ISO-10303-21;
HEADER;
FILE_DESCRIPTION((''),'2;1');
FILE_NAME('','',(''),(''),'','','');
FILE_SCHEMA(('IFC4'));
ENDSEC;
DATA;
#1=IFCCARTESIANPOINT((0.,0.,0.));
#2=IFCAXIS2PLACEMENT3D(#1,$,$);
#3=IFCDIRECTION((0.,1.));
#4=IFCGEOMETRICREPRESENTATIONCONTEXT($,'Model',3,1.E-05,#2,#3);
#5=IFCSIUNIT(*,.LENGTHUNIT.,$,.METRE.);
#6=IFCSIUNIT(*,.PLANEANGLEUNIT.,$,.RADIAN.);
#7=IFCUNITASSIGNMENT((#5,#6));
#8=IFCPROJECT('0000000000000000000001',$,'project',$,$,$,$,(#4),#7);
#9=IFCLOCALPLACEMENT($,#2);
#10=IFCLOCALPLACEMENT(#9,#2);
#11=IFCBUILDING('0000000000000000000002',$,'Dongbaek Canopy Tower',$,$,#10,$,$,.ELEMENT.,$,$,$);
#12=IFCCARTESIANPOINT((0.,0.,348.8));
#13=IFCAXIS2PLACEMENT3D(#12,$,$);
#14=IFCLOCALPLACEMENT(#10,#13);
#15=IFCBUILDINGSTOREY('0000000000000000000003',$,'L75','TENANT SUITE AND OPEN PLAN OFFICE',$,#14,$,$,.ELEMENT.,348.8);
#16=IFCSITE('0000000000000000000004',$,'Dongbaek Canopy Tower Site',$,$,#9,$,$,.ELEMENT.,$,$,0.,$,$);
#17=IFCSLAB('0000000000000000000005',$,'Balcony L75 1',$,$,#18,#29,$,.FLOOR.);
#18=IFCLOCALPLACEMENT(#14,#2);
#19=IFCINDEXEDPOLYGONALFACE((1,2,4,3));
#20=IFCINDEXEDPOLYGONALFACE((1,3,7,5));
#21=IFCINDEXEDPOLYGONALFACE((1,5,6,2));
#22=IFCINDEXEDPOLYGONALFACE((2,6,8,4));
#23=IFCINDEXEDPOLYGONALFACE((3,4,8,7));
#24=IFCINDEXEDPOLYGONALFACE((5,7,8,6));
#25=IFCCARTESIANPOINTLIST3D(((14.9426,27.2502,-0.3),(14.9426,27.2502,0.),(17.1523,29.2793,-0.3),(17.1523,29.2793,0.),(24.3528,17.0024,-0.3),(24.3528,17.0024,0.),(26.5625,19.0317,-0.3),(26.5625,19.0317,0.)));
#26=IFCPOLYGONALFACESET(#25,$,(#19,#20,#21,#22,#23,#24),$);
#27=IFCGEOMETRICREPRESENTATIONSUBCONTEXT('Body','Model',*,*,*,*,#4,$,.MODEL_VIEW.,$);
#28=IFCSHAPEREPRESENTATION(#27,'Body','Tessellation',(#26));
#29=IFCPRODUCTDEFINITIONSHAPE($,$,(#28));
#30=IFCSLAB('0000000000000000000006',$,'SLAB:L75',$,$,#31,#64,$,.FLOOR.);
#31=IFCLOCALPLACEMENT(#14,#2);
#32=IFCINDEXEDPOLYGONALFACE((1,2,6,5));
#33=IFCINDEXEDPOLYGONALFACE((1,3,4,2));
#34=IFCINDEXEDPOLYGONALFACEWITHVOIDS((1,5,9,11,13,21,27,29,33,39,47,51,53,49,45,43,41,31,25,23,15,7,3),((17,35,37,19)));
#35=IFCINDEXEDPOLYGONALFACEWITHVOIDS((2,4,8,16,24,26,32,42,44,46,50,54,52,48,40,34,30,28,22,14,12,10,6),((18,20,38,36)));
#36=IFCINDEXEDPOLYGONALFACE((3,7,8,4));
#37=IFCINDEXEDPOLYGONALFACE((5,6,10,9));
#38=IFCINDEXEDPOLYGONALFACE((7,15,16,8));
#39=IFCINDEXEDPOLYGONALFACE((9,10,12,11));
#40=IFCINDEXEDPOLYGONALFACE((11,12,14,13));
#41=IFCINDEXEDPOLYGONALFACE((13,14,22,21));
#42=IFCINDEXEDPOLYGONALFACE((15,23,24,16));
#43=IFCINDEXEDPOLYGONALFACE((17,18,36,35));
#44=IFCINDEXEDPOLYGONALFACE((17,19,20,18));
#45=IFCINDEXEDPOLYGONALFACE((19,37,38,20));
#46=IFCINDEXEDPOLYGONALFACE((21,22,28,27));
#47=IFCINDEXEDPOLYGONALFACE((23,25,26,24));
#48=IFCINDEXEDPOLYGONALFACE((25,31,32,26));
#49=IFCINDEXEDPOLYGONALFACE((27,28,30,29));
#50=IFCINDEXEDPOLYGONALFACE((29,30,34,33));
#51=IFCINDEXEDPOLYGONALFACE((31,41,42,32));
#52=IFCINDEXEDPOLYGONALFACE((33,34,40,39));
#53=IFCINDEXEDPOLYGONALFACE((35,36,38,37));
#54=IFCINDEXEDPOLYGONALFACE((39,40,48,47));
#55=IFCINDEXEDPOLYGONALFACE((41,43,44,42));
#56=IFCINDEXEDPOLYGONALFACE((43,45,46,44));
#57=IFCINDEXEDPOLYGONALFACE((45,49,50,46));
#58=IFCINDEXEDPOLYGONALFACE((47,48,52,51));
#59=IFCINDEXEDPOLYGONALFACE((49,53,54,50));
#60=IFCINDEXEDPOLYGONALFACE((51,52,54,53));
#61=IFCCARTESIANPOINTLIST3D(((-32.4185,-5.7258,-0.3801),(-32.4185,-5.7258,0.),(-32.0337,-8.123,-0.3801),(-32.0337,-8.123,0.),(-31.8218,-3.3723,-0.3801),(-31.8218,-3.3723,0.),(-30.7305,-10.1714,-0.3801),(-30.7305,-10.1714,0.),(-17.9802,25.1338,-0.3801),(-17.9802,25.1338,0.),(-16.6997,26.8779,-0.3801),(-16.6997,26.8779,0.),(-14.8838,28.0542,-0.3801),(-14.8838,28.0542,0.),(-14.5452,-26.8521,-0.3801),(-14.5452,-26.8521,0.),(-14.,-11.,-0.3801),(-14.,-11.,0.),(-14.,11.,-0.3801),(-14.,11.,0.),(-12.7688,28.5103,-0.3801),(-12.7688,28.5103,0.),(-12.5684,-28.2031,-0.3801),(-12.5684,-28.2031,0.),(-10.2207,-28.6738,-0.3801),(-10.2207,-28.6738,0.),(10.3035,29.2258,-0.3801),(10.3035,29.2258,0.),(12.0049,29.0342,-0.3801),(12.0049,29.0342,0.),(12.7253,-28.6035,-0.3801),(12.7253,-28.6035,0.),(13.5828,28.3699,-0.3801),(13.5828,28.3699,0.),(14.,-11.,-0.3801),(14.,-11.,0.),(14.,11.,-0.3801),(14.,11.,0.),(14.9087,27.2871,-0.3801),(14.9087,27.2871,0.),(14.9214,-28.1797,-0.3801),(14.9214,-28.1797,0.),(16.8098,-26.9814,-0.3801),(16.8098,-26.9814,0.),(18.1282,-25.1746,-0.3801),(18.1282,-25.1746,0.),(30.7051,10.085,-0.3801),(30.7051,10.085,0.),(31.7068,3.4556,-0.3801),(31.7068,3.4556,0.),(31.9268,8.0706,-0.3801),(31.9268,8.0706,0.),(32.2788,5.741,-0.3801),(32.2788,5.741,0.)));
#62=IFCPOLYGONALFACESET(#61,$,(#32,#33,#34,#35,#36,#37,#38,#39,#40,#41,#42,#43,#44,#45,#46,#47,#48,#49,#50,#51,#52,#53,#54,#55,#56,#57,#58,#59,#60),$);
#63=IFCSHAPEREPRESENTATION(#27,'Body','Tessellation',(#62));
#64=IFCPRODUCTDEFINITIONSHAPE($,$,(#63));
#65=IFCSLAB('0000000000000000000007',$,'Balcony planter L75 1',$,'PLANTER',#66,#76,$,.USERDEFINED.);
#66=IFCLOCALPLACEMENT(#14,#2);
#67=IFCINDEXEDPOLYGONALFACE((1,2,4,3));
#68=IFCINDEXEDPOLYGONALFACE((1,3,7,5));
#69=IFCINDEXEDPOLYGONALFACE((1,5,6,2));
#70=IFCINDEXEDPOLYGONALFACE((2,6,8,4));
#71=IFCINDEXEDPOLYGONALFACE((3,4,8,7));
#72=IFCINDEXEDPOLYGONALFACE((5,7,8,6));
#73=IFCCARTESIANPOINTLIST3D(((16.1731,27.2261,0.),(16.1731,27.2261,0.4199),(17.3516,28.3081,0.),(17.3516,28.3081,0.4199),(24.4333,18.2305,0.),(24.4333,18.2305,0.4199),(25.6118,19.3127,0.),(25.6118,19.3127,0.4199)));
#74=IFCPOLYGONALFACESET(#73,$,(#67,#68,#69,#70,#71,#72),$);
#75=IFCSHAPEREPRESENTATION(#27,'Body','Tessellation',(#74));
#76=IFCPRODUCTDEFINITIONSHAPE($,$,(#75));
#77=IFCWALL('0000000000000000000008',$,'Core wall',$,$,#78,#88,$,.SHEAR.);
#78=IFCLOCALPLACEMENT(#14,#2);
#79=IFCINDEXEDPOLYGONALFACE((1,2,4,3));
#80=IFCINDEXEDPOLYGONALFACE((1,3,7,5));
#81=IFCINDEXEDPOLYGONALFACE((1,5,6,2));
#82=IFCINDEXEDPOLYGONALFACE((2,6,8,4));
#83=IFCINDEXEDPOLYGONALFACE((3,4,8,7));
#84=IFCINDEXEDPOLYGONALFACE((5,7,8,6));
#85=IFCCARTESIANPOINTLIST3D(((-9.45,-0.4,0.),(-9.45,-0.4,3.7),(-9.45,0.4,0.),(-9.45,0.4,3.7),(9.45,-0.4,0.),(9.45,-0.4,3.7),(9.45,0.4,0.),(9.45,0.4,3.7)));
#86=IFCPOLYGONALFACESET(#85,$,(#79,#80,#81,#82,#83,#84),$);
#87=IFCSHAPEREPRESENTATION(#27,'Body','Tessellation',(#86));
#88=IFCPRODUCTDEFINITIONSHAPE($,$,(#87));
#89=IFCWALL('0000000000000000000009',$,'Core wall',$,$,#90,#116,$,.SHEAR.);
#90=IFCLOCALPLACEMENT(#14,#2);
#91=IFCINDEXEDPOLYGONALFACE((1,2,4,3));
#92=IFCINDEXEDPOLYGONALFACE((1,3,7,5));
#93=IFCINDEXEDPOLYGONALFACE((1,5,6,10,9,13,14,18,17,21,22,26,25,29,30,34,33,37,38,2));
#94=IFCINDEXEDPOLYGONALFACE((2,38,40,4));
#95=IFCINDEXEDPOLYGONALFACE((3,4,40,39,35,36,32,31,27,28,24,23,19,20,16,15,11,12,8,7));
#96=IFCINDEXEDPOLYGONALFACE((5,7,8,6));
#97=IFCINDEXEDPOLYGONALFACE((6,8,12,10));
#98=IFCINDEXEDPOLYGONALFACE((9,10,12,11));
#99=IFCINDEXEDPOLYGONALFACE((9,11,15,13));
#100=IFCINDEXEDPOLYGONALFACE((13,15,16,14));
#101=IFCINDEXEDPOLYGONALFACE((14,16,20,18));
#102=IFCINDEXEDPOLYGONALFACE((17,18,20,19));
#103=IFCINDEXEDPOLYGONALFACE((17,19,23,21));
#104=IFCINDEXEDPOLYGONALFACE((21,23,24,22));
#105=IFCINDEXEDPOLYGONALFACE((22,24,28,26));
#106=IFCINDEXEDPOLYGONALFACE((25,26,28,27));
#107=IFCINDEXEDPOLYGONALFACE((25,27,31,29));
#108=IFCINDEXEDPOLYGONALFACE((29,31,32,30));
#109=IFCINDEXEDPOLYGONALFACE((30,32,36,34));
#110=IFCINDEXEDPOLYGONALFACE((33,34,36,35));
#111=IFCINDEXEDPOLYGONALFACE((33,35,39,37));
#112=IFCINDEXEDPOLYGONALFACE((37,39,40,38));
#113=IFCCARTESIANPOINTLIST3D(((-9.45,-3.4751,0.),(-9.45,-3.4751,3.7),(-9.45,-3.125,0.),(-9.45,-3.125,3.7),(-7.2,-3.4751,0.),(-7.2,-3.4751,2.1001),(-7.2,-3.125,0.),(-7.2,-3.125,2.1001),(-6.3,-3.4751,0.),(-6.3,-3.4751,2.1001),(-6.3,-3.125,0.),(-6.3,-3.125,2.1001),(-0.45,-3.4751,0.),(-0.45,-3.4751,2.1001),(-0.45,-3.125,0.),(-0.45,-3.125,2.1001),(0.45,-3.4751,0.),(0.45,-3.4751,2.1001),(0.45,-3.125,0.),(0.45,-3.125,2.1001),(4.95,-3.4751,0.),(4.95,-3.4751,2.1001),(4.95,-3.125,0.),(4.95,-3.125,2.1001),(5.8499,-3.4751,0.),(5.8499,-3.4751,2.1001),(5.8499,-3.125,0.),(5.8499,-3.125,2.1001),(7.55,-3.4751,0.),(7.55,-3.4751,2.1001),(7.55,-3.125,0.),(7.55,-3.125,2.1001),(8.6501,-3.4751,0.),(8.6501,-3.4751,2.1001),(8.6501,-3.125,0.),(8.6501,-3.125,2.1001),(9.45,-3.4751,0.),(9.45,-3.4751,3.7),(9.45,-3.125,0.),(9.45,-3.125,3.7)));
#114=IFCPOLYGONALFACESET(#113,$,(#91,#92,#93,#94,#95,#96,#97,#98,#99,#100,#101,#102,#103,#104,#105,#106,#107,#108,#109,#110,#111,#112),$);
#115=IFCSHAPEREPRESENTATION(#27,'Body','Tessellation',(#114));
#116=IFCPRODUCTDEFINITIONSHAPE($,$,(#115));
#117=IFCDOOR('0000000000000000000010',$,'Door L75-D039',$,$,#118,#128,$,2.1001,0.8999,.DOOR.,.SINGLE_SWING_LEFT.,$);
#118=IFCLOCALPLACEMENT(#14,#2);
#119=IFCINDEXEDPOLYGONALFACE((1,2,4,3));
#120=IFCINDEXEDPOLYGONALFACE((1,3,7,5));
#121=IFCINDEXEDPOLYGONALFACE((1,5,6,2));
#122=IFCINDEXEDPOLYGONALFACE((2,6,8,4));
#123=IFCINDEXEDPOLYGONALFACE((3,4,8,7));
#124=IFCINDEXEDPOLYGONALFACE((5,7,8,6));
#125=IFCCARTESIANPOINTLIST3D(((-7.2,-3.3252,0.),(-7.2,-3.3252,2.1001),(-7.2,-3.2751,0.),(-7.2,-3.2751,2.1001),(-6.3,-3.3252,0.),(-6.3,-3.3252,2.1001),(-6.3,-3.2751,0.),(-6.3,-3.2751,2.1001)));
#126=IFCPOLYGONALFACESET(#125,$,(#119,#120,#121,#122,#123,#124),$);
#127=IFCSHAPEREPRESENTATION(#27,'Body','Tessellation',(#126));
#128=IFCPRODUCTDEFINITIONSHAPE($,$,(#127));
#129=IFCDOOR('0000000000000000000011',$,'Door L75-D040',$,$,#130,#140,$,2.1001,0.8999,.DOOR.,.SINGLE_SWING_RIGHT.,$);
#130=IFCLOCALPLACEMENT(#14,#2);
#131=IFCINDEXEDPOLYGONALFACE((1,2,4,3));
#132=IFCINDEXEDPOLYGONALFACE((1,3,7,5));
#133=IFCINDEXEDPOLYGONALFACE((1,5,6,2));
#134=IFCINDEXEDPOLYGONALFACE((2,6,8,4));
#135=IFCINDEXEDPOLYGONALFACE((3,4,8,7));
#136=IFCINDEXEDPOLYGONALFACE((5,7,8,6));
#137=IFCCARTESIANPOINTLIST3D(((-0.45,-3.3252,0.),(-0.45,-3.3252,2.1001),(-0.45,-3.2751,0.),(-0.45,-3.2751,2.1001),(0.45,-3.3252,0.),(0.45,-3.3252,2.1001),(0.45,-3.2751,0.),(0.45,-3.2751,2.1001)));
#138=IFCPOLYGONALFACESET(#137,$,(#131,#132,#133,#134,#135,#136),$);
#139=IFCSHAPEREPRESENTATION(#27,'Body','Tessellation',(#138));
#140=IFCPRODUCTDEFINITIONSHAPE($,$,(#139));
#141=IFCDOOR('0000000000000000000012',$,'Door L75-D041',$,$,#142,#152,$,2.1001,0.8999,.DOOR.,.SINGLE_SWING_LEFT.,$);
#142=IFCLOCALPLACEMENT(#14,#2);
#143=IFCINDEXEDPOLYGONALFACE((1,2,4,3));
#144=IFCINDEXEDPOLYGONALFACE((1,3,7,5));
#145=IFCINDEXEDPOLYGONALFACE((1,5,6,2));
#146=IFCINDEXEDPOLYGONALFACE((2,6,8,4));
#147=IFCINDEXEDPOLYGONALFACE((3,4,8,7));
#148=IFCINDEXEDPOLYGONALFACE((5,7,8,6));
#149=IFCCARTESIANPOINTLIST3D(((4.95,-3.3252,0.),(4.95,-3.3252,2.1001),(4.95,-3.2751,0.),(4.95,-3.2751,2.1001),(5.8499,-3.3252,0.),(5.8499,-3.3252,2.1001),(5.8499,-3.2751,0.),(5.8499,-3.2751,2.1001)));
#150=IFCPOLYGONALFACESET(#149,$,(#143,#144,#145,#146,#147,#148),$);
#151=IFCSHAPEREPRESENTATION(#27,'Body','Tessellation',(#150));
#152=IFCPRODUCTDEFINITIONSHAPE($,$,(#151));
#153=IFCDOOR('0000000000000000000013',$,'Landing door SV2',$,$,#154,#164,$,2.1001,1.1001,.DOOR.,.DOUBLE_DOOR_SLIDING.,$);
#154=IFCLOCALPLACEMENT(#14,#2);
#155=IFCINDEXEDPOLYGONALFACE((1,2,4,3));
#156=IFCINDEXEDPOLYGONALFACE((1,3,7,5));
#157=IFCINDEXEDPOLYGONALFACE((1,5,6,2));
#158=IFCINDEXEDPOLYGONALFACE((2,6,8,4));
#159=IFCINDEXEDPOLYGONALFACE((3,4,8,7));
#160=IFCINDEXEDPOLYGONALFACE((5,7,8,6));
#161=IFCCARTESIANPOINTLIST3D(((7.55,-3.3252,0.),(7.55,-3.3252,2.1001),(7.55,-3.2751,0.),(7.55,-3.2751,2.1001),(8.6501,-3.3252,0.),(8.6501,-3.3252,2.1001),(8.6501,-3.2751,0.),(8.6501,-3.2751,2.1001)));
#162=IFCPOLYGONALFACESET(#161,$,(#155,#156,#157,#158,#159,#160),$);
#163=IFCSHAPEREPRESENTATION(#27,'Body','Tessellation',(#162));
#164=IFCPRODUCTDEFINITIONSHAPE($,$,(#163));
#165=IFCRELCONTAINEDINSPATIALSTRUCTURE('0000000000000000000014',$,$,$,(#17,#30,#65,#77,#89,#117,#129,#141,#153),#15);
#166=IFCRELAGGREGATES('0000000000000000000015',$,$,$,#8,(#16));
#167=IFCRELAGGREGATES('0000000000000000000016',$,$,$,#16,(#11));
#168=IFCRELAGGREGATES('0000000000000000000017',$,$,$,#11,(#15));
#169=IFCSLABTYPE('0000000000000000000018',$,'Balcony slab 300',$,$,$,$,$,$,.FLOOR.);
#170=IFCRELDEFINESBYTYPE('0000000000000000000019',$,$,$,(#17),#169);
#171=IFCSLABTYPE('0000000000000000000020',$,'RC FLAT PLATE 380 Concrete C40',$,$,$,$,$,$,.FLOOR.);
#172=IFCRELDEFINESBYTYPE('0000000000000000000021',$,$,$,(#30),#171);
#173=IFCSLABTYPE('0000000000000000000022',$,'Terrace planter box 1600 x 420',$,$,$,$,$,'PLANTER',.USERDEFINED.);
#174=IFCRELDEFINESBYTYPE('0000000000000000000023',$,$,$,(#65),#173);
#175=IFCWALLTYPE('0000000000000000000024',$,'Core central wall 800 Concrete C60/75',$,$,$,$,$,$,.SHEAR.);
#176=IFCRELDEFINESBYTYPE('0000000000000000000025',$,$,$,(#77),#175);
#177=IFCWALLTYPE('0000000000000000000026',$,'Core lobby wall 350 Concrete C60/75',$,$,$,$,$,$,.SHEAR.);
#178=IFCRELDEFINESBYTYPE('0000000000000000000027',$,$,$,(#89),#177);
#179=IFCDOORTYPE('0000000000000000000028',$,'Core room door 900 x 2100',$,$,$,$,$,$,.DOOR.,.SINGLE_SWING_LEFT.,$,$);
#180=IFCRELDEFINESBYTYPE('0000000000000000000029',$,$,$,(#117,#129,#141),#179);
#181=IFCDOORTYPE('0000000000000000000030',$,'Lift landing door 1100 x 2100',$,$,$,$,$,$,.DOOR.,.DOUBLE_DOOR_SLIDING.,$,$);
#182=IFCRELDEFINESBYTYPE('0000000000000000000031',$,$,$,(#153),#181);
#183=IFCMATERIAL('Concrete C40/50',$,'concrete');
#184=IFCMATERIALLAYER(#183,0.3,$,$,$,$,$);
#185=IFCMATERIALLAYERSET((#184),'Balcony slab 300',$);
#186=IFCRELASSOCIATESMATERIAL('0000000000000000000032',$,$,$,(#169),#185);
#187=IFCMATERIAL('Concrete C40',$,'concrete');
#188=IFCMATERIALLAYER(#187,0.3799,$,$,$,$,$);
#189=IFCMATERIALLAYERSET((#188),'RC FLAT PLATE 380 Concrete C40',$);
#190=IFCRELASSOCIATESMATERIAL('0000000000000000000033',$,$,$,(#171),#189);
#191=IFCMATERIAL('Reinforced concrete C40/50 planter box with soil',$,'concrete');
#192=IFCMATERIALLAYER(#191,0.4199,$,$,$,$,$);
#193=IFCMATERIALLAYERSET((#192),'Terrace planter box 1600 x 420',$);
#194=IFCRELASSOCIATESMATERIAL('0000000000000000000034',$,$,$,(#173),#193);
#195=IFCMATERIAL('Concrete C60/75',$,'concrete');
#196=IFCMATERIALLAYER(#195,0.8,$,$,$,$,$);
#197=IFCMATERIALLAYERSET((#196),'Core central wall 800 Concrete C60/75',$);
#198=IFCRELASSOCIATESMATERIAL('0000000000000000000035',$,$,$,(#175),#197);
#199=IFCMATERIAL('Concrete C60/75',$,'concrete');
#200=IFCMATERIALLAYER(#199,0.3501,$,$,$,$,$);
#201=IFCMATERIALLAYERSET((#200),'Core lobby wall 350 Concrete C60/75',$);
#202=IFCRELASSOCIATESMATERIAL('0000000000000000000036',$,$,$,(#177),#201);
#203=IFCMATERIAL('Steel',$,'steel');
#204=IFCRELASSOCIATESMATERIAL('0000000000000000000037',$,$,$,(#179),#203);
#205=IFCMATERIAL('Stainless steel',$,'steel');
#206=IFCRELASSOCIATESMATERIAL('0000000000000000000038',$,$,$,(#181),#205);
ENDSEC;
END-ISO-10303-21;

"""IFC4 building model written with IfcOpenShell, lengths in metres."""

from ifc_helpers import new_model, si_unit, direction, frame, frame_2d, origin, place, context, subcontext, project, spatial, polyline, rectangle, outline, extrude, material, layer, layer_set, type_object, element, fill, save


model = new_model("IFC4")

# Units and contexts
model_context = context("Model", 3, precision=1e-05, world=origin(), true_north=direction((0.0, 1.0)))
body_context = subcontext(model_context, "Body", "Model", "MODEL_VIEW")
ifc_project = project(units=[si_unit("LENGTHUNIT", "METRE"), si_unit("PLANEANGLEUNIT", "RADIAN")], contexts=[model_context])

# Site, building, storey
site_placement = place(None, origin())
site = spatial("IfcSite", under=ifc_project, at=site_placement, Name="Dongbaek Canopy Tower Site", CompositionType="ELEMENT", RefElevation=0.0)
building_placement = place(site_placement, origin())
building = spatial("IfcBuilding", under=site, at=building_placement, Name="Dongbaek Canopy Tower", CompositionType="ELEMENT")
storey_placement = place(building_placement, frame((0.0, 0.0, 348.8)))
storey = spatial("IfcBuildingStorey", under=building, at=storey_placement, Name="L75", Description="TENANT SUITE AND OPEN PLAN OFFICE", CompositionType="ELEMENT", Elevation=348.8)

# Slabs
ifc_material_1 = material(Name="Concrete C40/50", Category="concrete")
ifc_layer_1 = layer(ifc_material_1, 0.3)
ifc_layer_set_1 = layer_set([ifc_layer_1], Name="Balcony slab 300")
slab_type_1 = type_object("IfcSlabType", Name="Balcony slab 300", PredefinedType="FLOOR", material=ifc_layer_set_1)
slab_1_placement = place(storey_placement, frame((0.0, 0.0, -0.3)))
element("IfcSlab", 1, at=slab_1_placement, inside=storey, type_object=slab_type_1, Name="Balcony L75 1", PredefinedType="FLOOR", context=body_context, shape_type="SweptSolid", body=[
    extrude(outline(polyline([(24.3528, 17.0024), (14.9426, 27.2502), (17.1523, 29.2793), (26.5625, 19.0317), (24.3528, 17.0024)])), origin(), (0.0, 0.0, 1.0), 0.3),
])
ifc_material_2 = material(Name="Concrete C40", Category="concrete")
ifc_layer_2 = layer(ifc_material_2, 0.3799)
ifc_layer_set_2 = layer_set([ifc_layer_2], Name="RC FLAT PLATE 380 Concrete C40")
slab_type_2 = type_object("IfcSlabType", Name="RC FLAT PLATE 380 Concrete C40", PredefinedType="FLOOR", material=ifc_layer_set_2)
slab_2_placement = place(storey_placement, frame((0.0, 0.0, -0.3801)))
element("IfcSlab", 2, at=slab_2_placement, inside=storey, type_object=slab_type_2, Name="SLAB:L75", PredefinedType="FLOOR", context=body_context, shape_type="SweptSolid", body=[
    extrude(outline(polyline([(18.1282, -25.1746), (16.8098, -26.9814), (14.9214, -28.1797), (12.7253, -28.6035), (-10.2207, -28.6738), (-12.5684, -28.2031), (-14.5452, -26.8521), (-30.7305, -10.1714), (-32.0337, -8.123), (-32.4185, -5.7258), (-31.8218, -3.3723), (-17.9802, 25.1338), (-16.6997, 26.8779), (-14.8838, 28.0542), (-12.7688, 28.5103), (10.3035, 29.2258), (12.0049, 29.0342), (13.5828, 28.3699), (14.9087, 27.2871), (30.7051, 10.085), (31.9268, 8.0706), (32.2788, 5.741), (31.7068, 3.4556), (18.1282, -25.1746)]), holes=[polyline([(14.0, 11.0), (-14.0, 11.0), (-14.0, -11.0), (14.0, -11.0), (14.0, 11.0)])]), origin(), (0.0, 0.0, 1.0), 0.3801),
])
ifc_material_3 = material(Name="Reinforced concrete C40/50 planter box with soil", Category="concrete")
ifc_layer_3 = layer(ifc_material_3, 0.4199)
ifc_layer_set_3 = layer_set([ifc_layer_3], Name="Terrace planter box 1600 x 420")
slab_type_3 = type_object("IfcSlabType", Name="Terrace planter box 1600 x 420", ElementType="PLANTER", PredefinedType="USERDEFINED", material=ifc_layer_set_3)
slab_3_placement = place(storey_placement, origin())
element("IfcSlab", 3, at=slab_3_placement, inside=storey, type_object=slab_type_3, Name="Balcony planter L75 1", ObjectType="PLANTER", PredefinedType="USERDEFINED", context=body_context, shape_type="SweptSolid", body=[
    extrude(outline(polyline([(24.4333, 18.2305), (16.1731, 27.2261), (17.3516, 28.3081), (25.6118, 19.3127), (24.4333, 18.2305)])), origin(), (0.0, 0.0, 1.0), 0.4199),
])

# Wall
ifc_material_4 = material(Name="Concrete C60/75", Category="concrete")
ifc_layer_4 = layer(ifc_material_4, 0.8)
ifc_layer_set_4 = layer_set([ifc_layer_4], Name="Core central wall 800 Concrete C60/75")
wall_type_1 = type_object("IfcWallType", Name="Core central wall 800 Concrete C60/75", PredefinedType="SHEAR", material=ifc_layer_set_4)
wall_1_placement = place(storey_placement, frame((-9.45, 0.0, 0.0), z_axis=(0.0, 0.0, 1.0), x_axis=(1.0, 0.0, 0.0)))
element("IfcWall", 4, at=wall_1_placement, inside=storey, type_object=wall_type_1, Name="Core wall", PredefinedType="SHEAR", context=body_context, shape_type="SweptSolid", body=[
    extrude(rectangle(XDim=18.8999, YDim=0.8, at=frame_2d((9.45, 0.0))), origin(), (0.0, 0.0, 1.0), 3.7),
])

# Wall, openings, doors
ifc_material_5 = material(Name="Concrete C60/75", Category="concrete")
ifc_layer_5 = layer(ifc_material_5, 0.3501)
ifc_layer_set_5 = layer_set([ifc_layer_5], Name="Core lobby wall 350 Concrete C60/75")
wall_type_2 = type_object("IfcWallType", Name="Core lobby wall 350 Concrete C60/75", PredefinedType="SHEAR", material=ifc_layer_set_5)
wall_2_placement = place(storey_placement, frame((-9.45, -3.3, 0.0), z_axis=(0.0, 0.0, 1.0), x_axis=(1.0, 0.0, 0.0)))
wall_2 = element("IfcWall", 5, at=wall_2_placement, inside=storey, type_object=wall_type_2, Name="Core wall", PredefinedType="SHEAR", context=body_context, shape_type="SweptSolid", body=[
    extrude(rectangle(XDim=18.8999, YDim=0.3501, at=frame_2d((9.45, 0.0))), origin(), (0.0, 0.0, 1.0), 3.7),
])
opening_1_placement = place(wall_2_placement, frame((17.0, 0.0, 0.0)))
opening_1 = element("IfcOpeningElement", 6, at=opening_1_placement, cuts=wall_2, PredefinedType="OPENING", context=body_context, shape_type="SweptSolid", body=[
    extrude(rectangle(XDim=1.1001, YDim=2.1001, at=frame_2d((0.55, 1.05))), frame((0.0, 0.1851, 0.0), z_axis=(0.0, -1.0, 0.0), x_axis=(1.0, 0.0, 0.0)), (0.0, 0.0, 1.0), 0.3701),
])
opening_2_placement = place(wall_2_placement, frame((2.25, 0.0, 0.0)))
opening_2 = element("IfcOpeningElement", 7, at=opening_2_placement, cuts=wall_2, PredefinedType="OPENING", context=body_context, shape_type="SweptSolid", body=[
    extrude(rectangle(XDim=0.8999, YDim=2.1001, at=frame_2d((0.45, 1.05))), frame((0.0, 0.1851, 0.0), z_axis=(0.0, -1.0, 0.0), x_axis=(1.0, 0.0, 0.0)), (0.0, 0.0, 1.0), 0.3701),
])
opening_3_placement = place(wall_2_placement, frame((9.0, 0.0, 0.0)))
opening_3 = element("IfcOpeningElement", 8, at=opening_3_placement, cuts=wall_2, PredefinedType="OPENING", context=body_context, shape_type="SweptSolid", body=[
    extrude(rectangle(XDim=0.8999, YDim=2.1001, at=frame_2d((0.45, 1.05))), frame((0.0, 0.1851, 0.0), z_axis=(0.0, -1.0, 0.0), x_axis=(1.0, 0.0, 0.0)), (0.0, 0.0, 1.0), 0.3701),
])
opening_4_placement = place(wall_2_placement, frame((14.3999, 0.0, 0.0)))
opening_4 = element("IfcOpeningElement", 9, at=opening_4_placement, cuts=wall_2, PredefinedType="OPENING", context=body_context, shape_type="SweptSolid", body=[
    extrude(rectangle(XDim=0.8999, YDim=2.1001, at=frame_2d((0.45, 1.05))), frame((0.0, 0.1851, 0.0), z_axis=(0.0, -1.0, 0.0), x_axis=(1.0, 0.0, 0.0)), (0.0, 0.0, 1.0), 0.3701),
])
ifc_material_6 = material(Name="Steel", Category="steel")
door_type_1 = type_object("IfcDoorType", Name="Core room door 900 x 2100", OperationType="SINGLE_SWING_LEFT", PredefinedType="DOOR", material=ifc_material_6)
door_1_placement = place(opening_2_placement, origin())
door_1 = element("IfcDoor", 10, at=door_1_placement, inside=storey, type_object=door_type_1, Name="Door L75-D039", OperationType="SINGLE_SWING_LEFT", OverallHeight=2.1001, OverallWidth=0.8999, PredefinedType="DOOR", context=body_context, shape_type="SweptSolid", body=[
    extrude(rectangle(XDim=0.8999, YDim=2.1001, at=frame_2d((0.45, 1.05))), frame((0.0, 0.0249, 0.0), z_axis=(0.0, -1.0, 0.0), x_axis=(1.0, 0.0, 0.0)), (0.0, 0.0, 1.0), 0.05),
])
fill(opening_2, door_1)
door_2_placement = place(opening_3_placement, origin())
door_2 = element("IfcDoor", 11, at=door_2_placement, inside=storey, type_object=door_type_1, Name="Door L75-D040", OperationType="SINGLE_SWING_RIGHT", OverallHeight=2.1001, OverallWidth=0.8999, PredefinedType="DOOR", context=body_context, shape_type="SweptSolid", body=[
    extrude(rectangle(XDim=0.8999, YDim=2.1001, at=frame_2d((0.45, 1.05))), frame((0.0, 0.0249, 0.0), z_axis=(0.0, -1.0, 0.0), x_axis=(1.0, 0.0, 0.0)), (0.0, 0.0, 1.0), 0.05),
])
fill(opening_3, door_2)
door_3_placement = place(opening_4_placement, origin())
door_3 = element("IfcDoor", 12, at=door_3_placement, inside=storey, type_object=door_type_1, Name="Door L75-D041", OperationType="SINGLE_SWING_LEFT", OverallHeight=2.1001, OverallWidth=0.8999, PredefinedType="DOOR", context=body_context, shape_type="SweptSolid", body=[
    extrude(rectangle(XDim=0.8999, YDim=2.1001, at=frame_2d((0.45, 1.05))), frame((0.0, 0.0249, 0.0), z_axis=(0.0, -1.0, 0.0), x_axis=(1.0, 0.0, 0.0)), (0.0, 0.0, 1.0), 0.05),
])
fill(opening_4, door_3)
ifc_material_7 = material(Name="Stainless steel", Category="steel")
door_type_2 = type_object("IfcDoorType", Name="Lift landing door 1100 x 2100", OperationType="DOUBLE_DOOR_SLIDING", PredefinedType="DOOR", material=ifc_material_7)
door_4_placement = place(opening_1_placement, origin())
door_4 = element("IfcDoor", 13, at=door_4_placement, inside=storey, type_object=door_type_2, Name="Landing door SV2", OperationType="DOUBLE_DOOR_SLIDING", OverallHeight=2.1001, OverallWidth=1.1001, PredefinedType="DOOR", context=body_context, shape_type="SweptSolid", body=[
    extrude(rectangle(XDim=1.1001, YDim=2.1001, at=frame_2d((0.55, 1.05))), frame((0.0, 0.0249, 0.0), z_axis=(0.0, -1.0, 0.0), x_axis=(1.0, 0.0, 0.0)), (0.0, 0.0, 1.0), 0.05),
])
fill(opening_1, door_4)

save(model, "model.ifc")
